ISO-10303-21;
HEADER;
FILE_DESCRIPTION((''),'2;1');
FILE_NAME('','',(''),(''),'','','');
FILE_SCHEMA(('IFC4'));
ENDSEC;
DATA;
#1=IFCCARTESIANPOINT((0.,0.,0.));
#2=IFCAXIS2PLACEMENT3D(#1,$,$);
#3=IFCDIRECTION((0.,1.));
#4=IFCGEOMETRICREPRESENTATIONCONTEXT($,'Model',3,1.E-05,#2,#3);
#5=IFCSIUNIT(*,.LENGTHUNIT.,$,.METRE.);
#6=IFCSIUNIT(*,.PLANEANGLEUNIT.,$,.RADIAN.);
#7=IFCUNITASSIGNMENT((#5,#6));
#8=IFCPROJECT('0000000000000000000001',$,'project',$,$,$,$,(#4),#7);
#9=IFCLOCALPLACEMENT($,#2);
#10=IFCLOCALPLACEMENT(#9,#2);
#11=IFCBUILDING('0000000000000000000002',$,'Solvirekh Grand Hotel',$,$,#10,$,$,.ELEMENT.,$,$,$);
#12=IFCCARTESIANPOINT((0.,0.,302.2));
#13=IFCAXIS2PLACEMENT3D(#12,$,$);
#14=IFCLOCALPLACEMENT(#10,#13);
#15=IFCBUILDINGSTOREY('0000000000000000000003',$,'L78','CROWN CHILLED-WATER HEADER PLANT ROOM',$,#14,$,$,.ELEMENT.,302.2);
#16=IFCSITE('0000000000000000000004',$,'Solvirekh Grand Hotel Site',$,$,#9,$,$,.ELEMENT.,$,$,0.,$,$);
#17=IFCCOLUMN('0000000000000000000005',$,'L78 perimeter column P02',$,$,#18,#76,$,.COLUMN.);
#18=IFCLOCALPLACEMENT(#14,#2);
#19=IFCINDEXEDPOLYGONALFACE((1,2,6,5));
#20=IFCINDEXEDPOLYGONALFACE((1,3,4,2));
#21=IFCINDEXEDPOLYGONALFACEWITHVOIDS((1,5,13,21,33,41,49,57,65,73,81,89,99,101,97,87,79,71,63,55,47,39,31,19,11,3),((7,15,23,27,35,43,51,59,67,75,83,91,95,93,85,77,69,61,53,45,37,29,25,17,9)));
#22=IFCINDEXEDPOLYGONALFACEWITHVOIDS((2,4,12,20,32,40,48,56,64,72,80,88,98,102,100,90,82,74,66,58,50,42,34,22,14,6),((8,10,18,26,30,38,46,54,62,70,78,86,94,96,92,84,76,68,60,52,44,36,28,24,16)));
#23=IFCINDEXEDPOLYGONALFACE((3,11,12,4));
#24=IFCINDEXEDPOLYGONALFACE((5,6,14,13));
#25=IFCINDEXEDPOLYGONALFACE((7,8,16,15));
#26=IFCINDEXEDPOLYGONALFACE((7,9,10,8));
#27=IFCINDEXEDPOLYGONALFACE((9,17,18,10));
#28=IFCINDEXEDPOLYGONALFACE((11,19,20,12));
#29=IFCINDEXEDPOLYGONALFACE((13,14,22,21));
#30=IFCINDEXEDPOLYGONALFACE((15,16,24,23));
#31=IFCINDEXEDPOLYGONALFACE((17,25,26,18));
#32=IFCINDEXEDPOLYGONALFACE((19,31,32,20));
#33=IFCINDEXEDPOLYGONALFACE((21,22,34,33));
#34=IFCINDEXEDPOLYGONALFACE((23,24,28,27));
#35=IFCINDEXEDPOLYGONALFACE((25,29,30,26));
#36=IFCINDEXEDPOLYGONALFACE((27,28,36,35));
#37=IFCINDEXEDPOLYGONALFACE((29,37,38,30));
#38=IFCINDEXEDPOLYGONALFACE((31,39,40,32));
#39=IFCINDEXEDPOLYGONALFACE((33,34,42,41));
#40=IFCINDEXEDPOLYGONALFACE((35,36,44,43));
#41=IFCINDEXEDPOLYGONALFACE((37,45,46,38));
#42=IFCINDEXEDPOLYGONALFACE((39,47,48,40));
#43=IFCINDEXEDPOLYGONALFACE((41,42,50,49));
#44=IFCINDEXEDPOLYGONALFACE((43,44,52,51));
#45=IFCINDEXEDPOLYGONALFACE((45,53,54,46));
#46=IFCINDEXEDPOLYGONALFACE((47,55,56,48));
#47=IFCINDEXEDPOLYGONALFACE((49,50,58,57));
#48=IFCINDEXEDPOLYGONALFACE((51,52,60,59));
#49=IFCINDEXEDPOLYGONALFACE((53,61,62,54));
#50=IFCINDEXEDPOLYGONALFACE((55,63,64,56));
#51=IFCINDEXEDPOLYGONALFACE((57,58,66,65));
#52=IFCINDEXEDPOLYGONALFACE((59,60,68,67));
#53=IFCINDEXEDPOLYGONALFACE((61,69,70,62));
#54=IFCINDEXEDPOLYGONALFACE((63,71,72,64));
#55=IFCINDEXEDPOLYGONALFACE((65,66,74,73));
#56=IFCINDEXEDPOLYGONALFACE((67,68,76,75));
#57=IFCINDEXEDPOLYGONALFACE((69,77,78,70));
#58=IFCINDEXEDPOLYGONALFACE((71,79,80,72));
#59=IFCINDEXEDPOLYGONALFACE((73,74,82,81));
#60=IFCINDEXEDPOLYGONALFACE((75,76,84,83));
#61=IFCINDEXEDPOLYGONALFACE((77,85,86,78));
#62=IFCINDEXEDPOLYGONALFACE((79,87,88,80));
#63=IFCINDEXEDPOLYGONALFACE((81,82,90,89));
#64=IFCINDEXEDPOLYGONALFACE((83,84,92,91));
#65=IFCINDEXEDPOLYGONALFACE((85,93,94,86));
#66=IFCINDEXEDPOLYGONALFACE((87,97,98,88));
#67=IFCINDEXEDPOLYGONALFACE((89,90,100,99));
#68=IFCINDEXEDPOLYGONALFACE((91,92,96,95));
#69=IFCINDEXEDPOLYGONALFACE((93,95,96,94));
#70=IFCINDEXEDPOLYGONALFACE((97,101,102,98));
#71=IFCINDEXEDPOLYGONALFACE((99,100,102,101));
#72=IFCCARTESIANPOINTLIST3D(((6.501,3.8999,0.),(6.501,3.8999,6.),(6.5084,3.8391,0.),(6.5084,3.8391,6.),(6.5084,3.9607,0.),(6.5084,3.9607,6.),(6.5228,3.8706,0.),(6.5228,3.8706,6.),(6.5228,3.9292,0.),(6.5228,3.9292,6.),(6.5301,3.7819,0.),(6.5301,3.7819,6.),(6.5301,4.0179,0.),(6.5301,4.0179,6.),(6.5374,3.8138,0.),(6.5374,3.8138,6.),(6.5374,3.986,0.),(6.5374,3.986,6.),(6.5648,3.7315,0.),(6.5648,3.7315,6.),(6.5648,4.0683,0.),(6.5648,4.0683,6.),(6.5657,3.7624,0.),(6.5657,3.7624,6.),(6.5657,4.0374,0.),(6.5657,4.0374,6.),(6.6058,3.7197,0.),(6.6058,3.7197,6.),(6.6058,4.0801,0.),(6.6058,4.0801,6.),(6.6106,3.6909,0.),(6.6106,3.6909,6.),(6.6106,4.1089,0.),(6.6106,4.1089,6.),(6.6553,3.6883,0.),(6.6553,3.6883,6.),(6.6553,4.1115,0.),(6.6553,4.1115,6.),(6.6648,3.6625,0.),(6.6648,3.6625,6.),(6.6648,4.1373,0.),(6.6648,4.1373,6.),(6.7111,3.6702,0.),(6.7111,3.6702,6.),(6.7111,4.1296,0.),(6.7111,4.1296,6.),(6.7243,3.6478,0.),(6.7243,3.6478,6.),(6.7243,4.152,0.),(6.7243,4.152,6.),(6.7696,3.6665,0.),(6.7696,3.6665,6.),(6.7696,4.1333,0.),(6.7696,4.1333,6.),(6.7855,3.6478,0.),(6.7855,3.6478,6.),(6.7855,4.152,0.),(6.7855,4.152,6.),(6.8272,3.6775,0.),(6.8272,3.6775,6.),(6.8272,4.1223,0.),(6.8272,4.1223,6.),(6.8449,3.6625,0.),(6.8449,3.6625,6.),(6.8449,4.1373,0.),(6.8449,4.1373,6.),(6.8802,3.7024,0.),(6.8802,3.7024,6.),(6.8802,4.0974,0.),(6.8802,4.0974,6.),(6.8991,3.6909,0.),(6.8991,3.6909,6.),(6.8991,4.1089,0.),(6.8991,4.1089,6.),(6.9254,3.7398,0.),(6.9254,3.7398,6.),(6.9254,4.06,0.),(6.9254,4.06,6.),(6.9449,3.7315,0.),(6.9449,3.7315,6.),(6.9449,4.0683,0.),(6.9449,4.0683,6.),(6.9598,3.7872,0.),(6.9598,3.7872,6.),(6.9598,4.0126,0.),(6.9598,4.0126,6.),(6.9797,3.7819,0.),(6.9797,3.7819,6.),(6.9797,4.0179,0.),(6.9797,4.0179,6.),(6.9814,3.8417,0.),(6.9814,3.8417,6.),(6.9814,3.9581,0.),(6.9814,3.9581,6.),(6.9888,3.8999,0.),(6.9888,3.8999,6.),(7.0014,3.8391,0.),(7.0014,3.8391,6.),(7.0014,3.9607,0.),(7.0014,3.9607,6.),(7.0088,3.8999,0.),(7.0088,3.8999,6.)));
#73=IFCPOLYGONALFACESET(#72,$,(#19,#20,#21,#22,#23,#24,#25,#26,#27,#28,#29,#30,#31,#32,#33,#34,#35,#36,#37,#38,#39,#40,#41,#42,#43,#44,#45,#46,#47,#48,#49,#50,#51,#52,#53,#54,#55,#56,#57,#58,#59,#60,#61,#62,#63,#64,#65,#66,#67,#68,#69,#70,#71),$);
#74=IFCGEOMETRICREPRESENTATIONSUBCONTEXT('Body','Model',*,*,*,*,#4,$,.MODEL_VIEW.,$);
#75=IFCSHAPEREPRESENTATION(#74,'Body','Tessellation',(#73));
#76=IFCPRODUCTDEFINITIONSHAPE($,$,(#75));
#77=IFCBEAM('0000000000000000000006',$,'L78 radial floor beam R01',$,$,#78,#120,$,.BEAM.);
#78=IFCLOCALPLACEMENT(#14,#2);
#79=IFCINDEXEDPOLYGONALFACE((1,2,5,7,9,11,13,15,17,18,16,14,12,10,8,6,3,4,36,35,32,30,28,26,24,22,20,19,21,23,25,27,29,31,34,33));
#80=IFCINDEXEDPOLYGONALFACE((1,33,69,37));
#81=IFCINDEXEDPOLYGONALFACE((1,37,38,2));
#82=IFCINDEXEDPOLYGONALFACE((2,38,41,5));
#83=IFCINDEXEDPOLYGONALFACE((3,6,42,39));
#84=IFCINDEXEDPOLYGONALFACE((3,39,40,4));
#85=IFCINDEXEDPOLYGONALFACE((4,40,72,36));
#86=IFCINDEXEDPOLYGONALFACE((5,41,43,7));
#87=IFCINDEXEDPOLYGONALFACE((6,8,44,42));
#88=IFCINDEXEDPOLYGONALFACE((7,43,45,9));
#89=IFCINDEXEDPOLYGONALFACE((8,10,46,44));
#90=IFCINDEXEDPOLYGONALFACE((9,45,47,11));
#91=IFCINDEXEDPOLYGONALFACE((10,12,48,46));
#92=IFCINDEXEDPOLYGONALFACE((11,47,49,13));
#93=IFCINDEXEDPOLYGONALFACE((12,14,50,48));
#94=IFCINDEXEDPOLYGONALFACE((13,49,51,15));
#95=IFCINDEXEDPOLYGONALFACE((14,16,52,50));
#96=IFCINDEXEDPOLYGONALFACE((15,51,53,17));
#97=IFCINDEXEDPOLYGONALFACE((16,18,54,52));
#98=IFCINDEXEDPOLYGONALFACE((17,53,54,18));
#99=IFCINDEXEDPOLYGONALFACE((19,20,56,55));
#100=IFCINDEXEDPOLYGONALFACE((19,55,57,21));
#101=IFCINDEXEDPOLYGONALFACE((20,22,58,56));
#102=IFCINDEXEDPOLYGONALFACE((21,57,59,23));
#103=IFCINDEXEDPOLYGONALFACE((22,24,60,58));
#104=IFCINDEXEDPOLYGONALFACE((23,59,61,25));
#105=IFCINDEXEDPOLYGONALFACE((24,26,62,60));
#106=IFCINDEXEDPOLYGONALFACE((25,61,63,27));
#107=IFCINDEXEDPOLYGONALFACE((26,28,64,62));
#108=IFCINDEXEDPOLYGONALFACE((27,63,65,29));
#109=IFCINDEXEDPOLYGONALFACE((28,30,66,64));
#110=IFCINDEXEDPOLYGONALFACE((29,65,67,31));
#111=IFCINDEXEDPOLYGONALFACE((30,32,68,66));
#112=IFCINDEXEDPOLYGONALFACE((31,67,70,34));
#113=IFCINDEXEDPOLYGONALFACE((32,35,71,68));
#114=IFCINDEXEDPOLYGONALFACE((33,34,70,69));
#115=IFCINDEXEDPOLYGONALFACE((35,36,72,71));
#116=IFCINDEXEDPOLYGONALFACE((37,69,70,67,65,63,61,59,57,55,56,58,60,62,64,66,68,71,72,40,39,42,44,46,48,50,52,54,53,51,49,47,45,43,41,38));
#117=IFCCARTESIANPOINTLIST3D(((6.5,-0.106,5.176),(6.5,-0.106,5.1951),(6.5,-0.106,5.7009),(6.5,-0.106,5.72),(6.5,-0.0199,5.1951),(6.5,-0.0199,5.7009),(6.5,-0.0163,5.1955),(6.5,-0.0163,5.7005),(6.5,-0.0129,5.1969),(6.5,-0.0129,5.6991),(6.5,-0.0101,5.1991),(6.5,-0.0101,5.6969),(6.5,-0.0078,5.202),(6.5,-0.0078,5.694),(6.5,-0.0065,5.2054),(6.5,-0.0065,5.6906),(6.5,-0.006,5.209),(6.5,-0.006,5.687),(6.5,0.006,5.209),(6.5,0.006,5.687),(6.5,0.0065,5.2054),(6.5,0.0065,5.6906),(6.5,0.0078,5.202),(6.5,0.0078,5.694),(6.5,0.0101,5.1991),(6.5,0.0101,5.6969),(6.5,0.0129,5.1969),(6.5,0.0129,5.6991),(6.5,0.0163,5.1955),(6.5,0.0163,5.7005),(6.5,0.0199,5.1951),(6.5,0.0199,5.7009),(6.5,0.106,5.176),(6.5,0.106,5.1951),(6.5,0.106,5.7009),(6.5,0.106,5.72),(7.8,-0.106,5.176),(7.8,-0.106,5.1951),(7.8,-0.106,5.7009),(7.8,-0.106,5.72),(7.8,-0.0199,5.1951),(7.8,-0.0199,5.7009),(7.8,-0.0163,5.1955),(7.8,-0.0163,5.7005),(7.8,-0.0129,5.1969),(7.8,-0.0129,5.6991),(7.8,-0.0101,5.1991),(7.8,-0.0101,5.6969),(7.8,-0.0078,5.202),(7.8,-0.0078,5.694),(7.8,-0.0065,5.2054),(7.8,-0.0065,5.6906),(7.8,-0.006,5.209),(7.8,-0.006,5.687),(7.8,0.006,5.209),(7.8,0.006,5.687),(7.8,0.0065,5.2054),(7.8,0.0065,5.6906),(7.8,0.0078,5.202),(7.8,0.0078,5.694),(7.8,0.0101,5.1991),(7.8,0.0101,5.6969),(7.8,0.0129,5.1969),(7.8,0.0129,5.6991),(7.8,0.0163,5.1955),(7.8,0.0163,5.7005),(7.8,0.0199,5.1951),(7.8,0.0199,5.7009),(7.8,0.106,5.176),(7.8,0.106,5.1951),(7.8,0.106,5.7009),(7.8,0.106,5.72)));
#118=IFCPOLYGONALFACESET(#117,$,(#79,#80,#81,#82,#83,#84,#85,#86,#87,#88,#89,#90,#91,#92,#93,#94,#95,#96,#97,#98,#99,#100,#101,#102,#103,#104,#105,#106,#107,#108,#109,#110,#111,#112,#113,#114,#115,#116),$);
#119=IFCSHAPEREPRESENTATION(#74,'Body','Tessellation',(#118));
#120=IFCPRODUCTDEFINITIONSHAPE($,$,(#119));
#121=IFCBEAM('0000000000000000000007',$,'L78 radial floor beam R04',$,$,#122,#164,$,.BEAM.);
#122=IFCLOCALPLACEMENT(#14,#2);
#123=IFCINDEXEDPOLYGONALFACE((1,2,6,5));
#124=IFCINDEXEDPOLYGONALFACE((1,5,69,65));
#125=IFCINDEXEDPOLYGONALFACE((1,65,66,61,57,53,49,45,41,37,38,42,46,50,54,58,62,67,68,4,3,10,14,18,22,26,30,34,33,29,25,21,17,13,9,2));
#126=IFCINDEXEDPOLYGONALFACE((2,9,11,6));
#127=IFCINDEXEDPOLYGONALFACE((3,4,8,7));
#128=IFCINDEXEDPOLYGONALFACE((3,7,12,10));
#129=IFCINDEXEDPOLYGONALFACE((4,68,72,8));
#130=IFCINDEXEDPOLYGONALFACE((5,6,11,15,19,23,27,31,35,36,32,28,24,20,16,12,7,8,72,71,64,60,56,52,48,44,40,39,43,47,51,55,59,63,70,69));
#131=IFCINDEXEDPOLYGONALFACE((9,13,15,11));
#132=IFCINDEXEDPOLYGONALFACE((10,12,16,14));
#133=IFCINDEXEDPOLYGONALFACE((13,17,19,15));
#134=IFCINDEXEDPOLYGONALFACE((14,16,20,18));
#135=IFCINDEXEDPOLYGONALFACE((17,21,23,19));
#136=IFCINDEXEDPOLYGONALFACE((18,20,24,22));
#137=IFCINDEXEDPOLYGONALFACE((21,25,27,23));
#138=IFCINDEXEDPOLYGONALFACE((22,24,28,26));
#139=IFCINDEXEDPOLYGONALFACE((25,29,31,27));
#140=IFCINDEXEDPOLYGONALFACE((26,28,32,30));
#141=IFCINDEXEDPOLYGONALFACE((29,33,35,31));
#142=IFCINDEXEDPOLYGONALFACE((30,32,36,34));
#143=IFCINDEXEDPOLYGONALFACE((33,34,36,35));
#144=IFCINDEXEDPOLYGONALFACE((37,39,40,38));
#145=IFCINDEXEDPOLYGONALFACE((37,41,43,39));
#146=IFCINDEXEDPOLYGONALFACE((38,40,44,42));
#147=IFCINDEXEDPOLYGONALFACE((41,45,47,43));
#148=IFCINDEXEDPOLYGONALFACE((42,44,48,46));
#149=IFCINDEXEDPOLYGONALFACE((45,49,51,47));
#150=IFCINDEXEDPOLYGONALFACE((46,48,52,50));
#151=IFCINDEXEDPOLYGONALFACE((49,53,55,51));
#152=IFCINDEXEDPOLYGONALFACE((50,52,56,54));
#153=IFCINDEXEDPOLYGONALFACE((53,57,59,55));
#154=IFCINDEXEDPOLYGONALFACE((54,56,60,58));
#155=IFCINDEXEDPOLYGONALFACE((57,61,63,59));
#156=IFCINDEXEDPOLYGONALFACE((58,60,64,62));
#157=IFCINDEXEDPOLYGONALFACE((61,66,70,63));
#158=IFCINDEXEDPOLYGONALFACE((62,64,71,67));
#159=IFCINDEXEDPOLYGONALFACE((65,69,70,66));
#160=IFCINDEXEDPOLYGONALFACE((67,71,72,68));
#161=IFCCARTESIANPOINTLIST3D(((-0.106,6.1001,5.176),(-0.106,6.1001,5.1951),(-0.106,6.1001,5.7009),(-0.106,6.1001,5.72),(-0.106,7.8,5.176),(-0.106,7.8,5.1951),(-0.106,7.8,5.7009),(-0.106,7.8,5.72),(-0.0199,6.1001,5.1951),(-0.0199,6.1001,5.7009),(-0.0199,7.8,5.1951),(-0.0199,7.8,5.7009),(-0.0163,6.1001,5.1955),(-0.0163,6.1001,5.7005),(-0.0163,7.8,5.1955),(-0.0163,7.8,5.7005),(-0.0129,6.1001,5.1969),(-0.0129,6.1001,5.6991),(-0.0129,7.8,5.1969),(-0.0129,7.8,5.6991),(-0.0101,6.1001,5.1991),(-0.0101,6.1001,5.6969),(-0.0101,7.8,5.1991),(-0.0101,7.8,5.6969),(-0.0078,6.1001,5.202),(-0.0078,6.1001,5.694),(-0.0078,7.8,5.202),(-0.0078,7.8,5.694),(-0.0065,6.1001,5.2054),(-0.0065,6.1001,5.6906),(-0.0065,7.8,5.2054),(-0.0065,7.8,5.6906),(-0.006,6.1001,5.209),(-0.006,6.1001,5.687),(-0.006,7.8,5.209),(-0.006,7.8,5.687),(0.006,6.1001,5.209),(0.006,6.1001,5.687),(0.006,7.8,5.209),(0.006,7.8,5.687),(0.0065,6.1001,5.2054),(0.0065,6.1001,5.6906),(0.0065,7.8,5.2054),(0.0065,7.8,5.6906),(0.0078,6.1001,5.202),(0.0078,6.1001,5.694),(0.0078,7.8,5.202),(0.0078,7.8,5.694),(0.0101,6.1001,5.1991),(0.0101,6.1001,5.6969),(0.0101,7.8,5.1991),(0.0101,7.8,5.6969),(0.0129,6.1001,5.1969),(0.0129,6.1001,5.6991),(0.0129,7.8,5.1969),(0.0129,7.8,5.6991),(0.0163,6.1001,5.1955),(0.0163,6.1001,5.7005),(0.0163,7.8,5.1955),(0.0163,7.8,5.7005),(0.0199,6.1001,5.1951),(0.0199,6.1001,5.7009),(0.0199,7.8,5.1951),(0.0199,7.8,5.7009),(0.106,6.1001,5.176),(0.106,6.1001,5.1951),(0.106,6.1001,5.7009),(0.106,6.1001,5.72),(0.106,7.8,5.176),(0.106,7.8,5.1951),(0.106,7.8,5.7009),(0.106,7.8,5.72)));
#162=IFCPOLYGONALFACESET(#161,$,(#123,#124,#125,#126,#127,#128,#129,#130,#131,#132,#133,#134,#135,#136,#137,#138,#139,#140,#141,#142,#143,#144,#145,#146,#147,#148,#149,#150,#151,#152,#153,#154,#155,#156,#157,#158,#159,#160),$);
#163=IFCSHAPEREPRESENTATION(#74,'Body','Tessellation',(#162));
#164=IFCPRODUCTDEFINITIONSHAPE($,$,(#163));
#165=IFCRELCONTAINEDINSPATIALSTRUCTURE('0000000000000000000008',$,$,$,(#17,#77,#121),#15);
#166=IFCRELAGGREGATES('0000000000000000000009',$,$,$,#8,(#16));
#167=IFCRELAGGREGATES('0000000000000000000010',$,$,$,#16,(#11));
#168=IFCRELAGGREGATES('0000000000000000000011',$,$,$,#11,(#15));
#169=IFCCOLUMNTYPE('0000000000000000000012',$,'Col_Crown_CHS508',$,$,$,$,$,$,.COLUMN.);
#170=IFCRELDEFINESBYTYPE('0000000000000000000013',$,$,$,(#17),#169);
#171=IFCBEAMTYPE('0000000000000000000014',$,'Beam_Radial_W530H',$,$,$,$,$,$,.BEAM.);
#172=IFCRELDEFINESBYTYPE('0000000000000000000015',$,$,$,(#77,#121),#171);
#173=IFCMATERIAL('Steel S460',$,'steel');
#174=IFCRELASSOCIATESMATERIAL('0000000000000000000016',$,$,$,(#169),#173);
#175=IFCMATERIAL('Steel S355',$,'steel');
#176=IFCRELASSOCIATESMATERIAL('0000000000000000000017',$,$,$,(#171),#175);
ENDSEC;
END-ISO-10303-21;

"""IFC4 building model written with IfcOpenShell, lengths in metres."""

from ifc_helpers import new_model, si_unit, direction, frame, origin, origin_2d, place, context, subcontext, project, spatial, hollow_circle, i_section, extrude, material, material_profile, profile_set, type_object, element, save


model = new_model("IFC4")

# Units and contexts
model_context = context("Model", 3, precision=1e-05, world=origin(), true_north=direction((0.0, 1.0)))
body_context = subcontext(model_context, "Body", "Model", "MODEL_VIEW")
ifc_project = project(units=[si_unit("LENGTHUNIT", "METRE"), si_unit("PLANEANGLEUNIT", "RADIAN")], contexts=[model_context])

# Site, building, storey
site_placement = place(None, origin())
site = spatial("IfcSite", under=ifc_project, at=site_placement, Name="Solvirekh Grand Hotel Site", CompositionType="ELEMENT", RefElevation=0.0)
building_placement = place(site_placement, origin())
building = spatial("IfcBuilding", under=site, at=building_placement, Name="Solvirekh Grand Hotel", CompositionType="ELEMENT")
storey_placement = place(building_placement, frame((0.0, 0.0, 302.2)))
storey = spatial("IfcBuildingStorey", under=building, at=storey_placement, Name="L78", Description="CROWN CHILLED-WATER HEADER PLANT ROOM", CompositionType="ELEMENT", Elevation=302.2)

# Column
ifc_material_1 = material(Name="Steel S460", Category="steel")
ifc_material_profile_1 = material_profile(ifc_material_1, hollow_circle(Radius=0.2539, WallThickness=0.02, at=origin_2d()), Name="CHS 508X20")
ifc_profile_set_1 = profile_set([ifc_material_profile_1], Name="Steel S460")
column_type = type_object("IfcColumnType", Name="Col_Crown_CHS508", PredefinedType="COLUMN", material=ifc_profile_set_1)
column_placement = place(storey_placement, frame((6.7549, 3.8999, 0.0), z_axis=(0.0, 0.0, 1.0), x_axis=(1.0, 0.0, 0.0)))
element("IfcColumn", 1, at=column_placement, inside=storey, type_object=column_type, Name="L78 perimeter column P02", PredefinedType="COLUMN", context=body_context, shape_type="SweptSolid", body=[
    extrude(hollow_circle(Radius=0.2539, WallThickness=0.02, at=origin_2d()), origin(), (0.0, 0.0, 1.0), 6.0),
])

# Beams
ifc_material_2 = material(Name="Steel S355", Category="steel")
ifc_material_profile_2 = material_profile(ifc_material_2, i_section(OverallWidth=0.2119, OverallDepth=0.5439, WebThickness=0.012, FlangeThickness=0.019, FilletRadius=0.0139, at=origin_2d()), Name="W530X123")
ifc_profile_set_2 = profile_set([ifc_material_profile_2], Name="Steel S355")
beam_type_1 = type_object("IfcBeamType", Name="Beam_Radial_W530H", PredefinedType="BEAM", material=ifc_profile_set_2)
beam_1_placement = place(storey_placement, frame((6.5, 0.0, 5.448), z_axis=(1.0, 0.0, 0.0), x_axis=(0.0, 1.0, 0.0)))
element("IfcBeam", 2, at=beam_1_placement, inside=storey, type_object=beam_type_1, Name="L78 radial floor beam R01", PredefinedType="BEAM", context=body_context, shape_type="SweptSolid", body=[
    extrude(i_section(OverallWidth=0.2119, OverallDepth=0.5439, WebThickness=0.012, FlangeThickness=0.019, FilletRadius=0.0139, at=origin_2d()), origin(), (0.0, 0.0, 1.0), 1.3),
])
beam_2_placement = place(storey_placement, frame((0.0, 6.1001, 5.448), z_axis=(0.0, 1.0, 0.0), x_axis=(-1.0, 0.0, 0.0)))
element("IfcBeam", 3, at=beam_2_placement, inside=storey, type_object=beam_type_1, Name="L78 radial floor beam R04", PredefinedType="BEAM", context=body_context, shape_type="SweptSolid", body=[
    extrude(i_section(OverallWidth=0.2119, OverallDepth=0.5439, WebThickness=0.012, FlangeThickness=0.019, FilletRadius=0.0139, at=origin_2d()), origin(), (0.0, 0.0, 1.0), 1.7),
])

save(model, "model.ifc")
